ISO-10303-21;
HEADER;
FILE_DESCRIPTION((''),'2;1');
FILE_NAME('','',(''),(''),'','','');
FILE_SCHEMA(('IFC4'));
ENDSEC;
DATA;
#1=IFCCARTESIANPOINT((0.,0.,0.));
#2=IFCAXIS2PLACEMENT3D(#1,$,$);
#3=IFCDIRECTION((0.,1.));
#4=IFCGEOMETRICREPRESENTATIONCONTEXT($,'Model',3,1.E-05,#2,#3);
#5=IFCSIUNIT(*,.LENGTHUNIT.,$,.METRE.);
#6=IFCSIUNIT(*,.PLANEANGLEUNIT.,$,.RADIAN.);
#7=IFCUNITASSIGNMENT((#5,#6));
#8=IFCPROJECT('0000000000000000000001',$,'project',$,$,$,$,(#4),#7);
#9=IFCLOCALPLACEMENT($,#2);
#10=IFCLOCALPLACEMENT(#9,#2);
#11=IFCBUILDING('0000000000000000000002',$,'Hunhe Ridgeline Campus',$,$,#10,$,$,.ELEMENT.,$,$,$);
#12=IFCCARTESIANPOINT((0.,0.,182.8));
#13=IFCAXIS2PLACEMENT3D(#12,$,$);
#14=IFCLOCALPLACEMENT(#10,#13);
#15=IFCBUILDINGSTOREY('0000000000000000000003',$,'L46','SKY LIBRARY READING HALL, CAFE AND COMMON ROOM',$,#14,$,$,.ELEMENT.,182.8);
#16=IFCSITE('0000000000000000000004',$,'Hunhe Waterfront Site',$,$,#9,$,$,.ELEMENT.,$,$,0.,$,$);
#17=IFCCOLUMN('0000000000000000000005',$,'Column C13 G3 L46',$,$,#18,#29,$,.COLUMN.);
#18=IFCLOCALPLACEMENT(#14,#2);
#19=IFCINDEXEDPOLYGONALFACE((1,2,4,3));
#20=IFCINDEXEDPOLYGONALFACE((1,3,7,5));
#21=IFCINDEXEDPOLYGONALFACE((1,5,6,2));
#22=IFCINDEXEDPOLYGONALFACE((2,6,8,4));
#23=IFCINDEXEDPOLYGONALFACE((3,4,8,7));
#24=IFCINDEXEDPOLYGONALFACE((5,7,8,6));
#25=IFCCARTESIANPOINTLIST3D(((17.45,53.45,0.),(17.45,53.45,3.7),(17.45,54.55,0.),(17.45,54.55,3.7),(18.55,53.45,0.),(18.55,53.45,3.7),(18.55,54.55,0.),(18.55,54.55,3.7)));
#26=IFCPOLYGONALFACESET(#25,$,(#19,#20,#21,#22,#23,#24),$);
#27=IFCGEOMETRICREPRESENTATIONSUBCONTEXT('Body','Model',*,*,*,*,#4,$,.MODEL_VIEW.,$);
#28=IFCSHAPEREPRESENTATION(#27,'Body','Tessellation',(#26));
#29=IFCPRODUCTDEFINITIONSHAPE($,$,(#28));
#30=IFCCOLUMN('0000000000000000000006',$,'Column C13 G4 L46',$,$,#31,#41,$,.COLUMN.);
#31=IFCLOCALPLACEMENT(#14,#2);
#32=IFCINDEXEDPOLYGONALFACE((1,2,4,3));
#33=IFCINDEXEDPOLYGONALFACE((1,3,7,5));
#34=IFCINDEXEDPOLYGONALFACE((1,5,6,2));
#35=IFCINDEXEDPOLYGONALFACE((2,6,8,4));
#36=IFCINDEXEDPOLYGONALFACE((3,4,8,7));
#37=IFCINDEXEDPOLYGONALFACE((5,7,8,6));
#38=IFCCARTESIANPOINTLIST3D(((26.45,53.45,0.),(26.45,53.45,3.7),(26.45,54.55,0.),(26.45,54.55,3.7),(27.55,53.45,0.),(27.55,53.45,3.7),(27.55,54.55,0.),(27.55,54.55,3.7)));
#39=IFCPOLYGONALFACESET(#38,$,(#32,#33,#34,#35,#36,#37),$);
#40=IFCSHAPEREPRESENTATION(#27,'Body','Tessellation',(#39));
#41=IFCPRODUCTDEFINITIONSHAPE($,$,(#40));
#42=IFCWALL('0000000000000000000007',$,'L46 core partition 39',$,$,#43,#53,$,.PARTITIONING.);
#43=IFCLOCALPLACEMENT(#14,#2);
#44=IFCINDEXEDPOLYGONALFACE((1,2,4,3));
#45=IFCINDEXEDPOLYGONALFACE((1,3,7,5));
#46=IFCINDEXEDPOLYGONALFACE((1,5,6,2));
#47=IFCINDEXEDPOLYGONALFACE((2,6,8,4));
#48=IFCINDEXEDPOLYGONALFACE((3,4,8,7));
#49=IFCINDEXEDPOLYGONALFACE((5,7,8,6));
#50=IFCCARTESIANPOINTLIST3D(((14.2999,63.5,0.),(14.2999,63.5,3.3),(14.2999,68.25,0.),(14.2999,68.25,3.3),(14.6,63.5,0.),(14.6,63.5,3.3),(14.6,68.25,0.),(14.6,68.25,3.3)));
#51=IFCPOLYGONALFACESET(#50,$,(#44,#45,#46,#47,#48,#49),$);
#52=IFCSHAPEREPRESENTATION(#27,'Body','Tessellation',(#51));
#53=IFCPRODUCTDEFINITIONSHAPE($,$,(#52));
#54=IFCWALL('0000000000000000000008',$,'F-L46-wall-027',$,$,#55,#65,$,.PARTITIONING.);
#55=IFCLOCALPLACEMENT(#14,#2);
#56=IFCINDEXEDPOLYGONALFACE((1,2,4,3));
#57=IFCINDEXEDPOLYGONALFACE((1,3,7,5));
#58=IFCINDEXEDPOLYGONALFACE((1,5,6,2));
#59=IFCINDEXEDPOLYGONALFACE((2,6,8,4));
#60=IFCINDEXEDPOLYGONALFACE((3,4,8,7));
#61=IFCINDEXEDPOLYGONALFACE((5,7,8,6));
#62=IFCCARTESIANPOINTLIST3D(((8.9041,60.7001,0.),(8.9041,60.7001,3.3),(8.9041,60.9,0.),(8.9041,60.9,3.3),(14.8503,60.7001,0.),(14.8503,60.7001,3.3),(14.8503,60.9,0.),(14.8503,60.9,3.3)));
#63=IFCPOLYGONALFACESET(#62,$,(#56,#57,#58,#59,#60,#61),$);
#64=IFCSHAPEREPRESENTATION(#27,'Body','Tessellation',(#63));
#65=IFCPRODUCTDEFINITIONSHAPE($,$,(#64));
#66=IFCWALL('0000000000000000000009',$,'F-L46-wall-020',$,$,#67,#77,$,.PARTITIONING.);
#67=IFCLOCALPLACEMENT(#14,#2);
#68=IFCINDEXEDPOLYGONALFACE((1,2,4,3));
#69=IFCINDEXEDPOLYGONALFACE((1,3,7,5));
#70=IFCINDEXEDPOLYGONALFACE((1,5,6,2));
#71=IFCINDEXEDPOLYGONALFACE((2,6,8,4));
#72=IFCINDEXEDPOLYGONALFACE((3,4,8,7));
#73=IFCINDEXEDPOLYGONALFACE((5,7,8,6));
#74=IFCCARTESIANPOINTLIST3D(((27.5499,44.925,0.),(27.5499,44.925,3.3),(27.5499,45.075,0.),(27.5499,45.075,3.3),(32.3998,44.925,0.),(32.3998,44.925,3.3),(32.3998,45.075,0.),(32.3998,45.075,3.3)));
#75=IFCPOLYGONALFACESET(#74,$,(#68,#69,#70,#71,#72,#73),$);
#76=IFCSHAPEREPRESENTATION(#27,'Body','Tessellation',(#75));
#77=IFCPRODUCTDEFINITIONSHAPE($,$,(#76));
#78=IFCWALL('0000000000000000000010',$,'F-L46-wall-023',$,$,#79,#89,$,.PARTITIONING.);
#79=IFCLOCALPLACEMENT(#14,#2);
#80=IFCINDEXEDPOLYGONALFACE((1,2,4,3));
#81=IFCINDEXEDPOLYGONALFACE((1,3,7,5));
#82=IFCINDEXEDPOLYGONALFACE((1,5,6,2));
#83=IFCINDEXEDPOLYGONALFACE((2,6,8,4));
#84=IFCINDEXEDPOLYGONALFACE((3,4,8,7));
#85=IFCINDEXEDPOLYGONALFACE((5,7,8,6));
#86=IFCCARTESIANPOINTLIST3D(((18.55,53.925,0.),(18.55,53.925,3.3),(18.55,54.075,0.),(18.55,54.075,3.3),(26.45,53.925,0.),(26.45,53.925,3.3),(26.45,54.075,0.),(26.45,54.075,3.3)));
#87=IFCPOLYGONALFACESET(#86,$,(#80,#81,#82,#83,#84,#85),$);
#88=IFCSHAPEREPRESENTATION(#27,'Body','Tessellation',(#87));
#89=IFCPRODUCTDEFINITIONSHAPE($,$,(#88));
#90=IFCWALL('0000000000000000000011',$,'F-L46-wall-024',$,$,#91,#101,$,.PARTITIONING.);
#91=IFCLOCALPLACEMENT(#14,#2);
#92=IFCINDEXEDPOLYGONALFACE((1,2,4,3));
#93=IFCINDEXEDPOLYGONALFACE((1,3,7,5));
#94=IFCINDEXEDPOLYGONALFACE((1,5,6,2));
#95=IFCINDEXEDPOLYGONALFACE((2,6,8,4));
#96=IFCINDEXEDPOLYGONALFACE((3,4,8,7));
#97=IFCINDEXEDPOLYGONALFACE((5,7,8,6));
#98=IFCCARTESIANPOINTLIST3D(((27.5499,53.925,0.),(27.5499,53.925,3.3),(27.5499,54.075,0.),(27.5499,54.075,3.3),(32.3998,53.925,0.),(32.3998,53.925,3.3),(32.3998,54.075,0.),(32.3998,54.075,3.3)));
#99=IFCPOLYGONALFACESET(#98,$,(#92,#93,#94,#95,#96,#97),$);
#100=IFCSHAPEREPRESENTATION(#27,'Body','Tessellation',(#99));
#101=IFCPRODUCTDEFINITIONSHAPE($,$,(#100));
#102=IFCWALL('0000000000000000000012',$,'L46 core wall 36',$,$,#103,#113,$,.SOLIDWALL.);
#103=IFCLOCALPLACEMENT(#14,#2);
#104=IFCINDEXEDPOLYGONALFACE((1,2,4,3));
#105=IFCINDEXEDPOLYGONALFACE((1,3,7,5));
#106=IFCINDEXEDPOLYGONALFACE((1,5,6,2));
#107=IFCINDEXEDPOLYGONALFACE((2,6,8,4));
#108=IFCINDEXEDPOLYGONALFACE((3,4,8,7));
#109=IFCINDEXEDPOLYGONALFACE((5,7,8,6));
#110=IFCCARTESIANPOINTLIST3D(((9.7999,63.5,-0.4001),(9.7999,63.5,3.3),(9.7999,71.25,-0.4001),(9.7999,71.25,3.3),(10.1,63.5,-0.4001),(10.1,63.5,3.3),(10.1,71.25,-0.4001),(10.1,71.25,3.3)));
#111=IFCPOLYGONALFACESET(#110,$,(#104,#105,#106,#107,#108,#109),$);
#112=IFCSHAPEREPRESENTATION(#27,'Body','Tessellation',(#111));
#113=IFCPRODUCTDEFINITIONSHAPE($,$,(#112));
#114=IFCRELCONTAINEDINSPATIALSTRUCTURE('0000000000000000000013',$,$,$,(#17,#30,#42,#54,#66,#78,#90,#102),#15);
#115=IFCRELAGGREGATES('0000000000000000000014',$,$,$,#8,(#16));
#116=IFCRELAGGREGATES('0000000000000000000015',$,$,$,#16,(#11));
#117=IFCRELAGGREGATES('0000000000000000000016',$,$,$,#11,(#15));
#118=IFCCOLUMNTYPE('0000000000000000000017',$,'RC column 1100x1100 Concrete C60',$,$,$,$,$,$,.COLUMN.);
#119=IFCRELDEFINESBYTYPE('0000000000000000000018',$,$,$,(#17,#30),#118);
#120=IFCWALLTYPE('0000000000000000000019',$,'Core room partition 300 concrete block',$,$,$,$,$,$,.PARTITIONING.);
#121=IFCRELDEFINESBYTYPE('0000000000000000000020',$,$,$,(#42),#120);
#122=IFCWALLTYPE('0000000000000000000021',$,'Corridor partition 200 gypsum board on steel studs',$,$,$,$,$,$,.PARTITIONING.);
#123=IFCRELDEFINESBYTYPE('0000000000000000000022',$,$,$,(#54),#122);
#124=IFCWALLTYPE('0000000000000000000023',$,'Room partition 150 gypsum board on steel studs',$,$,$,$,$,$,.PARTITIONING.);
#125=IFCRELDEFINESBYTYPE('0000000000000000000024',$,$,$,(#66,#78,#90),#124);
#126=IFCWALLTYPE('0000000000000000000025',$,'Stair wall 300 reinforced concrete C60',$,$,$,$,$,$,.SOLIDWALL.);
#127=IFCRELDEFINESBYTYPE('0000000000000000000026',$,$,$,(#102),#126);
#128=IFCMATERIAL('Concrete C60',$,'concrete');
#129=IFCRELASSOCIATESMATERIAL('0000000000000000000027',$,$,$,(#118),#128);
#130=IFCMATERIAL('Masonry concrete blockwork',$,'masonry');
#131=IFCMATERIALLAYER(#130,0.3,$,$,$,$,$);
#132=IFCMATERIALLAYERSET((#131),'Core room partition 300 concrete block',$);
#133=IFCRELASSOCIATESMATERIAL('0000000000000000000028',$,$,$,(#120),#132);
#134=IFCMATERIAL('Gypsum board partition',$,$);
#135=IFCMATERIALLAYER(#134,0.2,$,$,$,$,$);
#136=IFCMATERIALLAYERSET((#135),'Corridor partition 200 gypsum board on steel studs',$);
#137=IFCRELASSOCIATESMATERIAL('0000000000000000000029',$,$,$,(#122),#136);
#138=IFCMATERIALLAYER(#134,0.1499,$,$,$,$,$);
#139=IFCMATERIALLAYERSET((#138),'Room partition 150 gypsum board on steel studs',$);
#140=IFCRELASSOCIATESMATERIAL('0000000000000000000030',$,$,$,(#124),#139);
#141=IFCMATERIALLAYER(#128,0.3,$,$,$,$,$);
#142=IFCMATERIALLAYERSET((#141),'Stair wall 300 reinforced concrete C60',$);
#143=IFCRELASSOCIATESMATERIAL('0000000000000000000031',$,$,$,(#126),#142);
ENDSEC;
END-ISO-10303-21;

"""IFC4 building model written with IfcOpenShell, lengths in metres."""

from ifc_helpers import new_model, si_unit, direction, frame, frame_2d, origin, origin_2d, place, context, subcontext, project, spatial, rectangle, extrude, material, layer, layer_set, material_profile, profile_set, type_object, element, save


model = new_model("IFC4")

# Units and contexts
model_context = context("Model", 3, precision=1e-05, world=origin(), true_north=direction((0.0, 1.0)))
body_context = subcontext(model_context, "Body", "Model", "MODEL_VIEW")
ifc_project = project(units=[si_unit("LENGTHUNIT", "METRE"), si_unit("PLANEANGLEUNIT", "RADIAN")], contexts=[model_context])

# Site, building, storey
site_placement = place(None, origin())
site = spatial("IfcSite", under=ifc_project, at=site_placement, Name="Hunhe Waterfront Site", CompositionType="ELEMENT", RefElevation=0.0)
building_placement = place(site_placement, origin())
building = spatial("IfcBuilding", under=site, at=building_placement, Name="Hunhe Ridgeline Campus", CompositionType="ELEMENT")
storey_placement = place(building_placement, frame((0.0, 0.0, 182.8)))
storey = spatial("IfcBuildingStorey", under=building, at=storey_placement, Name="L46", Description="SKY LIBRARY READING HALL, CAFE AND COMMON ROOM", CompositionType="ELEMENT", Elevation=182.8)

# Columns
ifc_material_1 = material(Name="Concrete C60", Category="concrete")
ifc_material_profile = material_profile(ifc_material_1, rectangle(XDim=1.1001, YDim=1.1001, at=origin_2d()))
ifc_profile_set = profile_set([ifc_material_profile], Name="Concrete C60")
column_type = type_object("IfcColumnType", Name="RC column 1100x1100 Concrete C60", PredefinedType="COLUMN", material=ifc_profile_set)
for number, where, z_axis, x_axis, name in (
    (1, (18.0, 54.0, 0.0), (0.0, 0.0, 1.0), (1.0, 0.0, 0.0), "Column C13 G3 L46"),
    (2, (27.0, 54.0, 0.0), (0.0, 0.0, 1.0), (1.0, 0.0, 0.0), "Column C13 G4 L46"),
):
    element("IfcColumn", number, at=place(storey_placement, frame(where, z_axis=z_axis, x_axis=x_axis)), inside=storey, type_object=column_type, Name=name, PredefinedType="COLUMN", context=body_context, shape_type="SweptSolid", body=[
        extrude(rectangle(XDim=1.1001, YDim=1.1001, at=origin_2d()), origin(), (0.0, 0.0, 1.0), 3.7),
    ])

# Walls
ifc_material_2 = material(Name="Masonry concrete blockwork", Category="masonry")
ifc_layer_1 = layer(ifc_material_2, 0.3)
ifc_layer_set_1 = layer_set([ifc_layer_1], Name="Core room partition 300 concrete block")
wall_type_1 = type_object("IfcWallType", Name="Core room partition 300 concrete block", PredefinedType="PARTITIONING", material=ifc_layer_set_1)
wall_1_placement = place(storey_placement, frame((14.45, 63.5, 0.0), z_axis=(0.0, 0.0, 1.0), x_axis=(0.0, 1.0, 0.0)))
element("IfcWall", 3, at=wall_1_placement, inside=storey, type_object=wall_type_1, Name="L46 core partition 39", PredefinedType="PARTITIONING", context=body_context, shape_type="SweptSolid", body=[
    extrude(rectangle(XDim=4.75, YDim=0.3, at=frame_2d((2.375, 0.0))), origin(), (0.0, 0.0, 1.0), 3.3),
])
ifc_material_3 = material(Name="Gypsum board partition")
ifc_layer_2 = layer(ifc_material_3, 0.2)
ifc_layer_set_2 = layer_set([ifc_layer_2], Name="Corridor partition 200 gypsum board on steel studs")
wall_type_2 = type_object("IfcWallType", Name="Corridor partition 200 gypsum board on steel studs", PredefinedType="PARTITIONING", material=ifc_layer_set_2)
wall_2_placement = place(storey_placement, frame((14.8503, 60.8, 0.0), z_axis=(0.0, 0.0, 1.0), x_axis=(-1.0, 0.0, 0.0)))
element("IfcWall", 4, at=wall_2_placement, inside=storey, type_object=wall_type_2, Name="F-L46-wall-027", PredefinedType="PARTITIONING", context=body_context, shape_type="SweptSolid", body=[
    extrude(rectangle(XDim=5.9463, YDim=0.2, at=frame_2d((2.9731, 0.0))), origin(), (0.0, 0.0, 1.0), 3.3),
])

# Walls
ifc_layer_3 = layer(ifc_material_3, 0.1499)
ifc_layer_set_3 = layer_set([ifc_layer_3], Name="Room partition 150 gypsum board on steel studs")
wall_type_3 = type_object("IfcWallType", Name="Room partition 150 gypsum board on steel studs", PredefinedType="PARTITIONING", material=ifc_layer_set_3)
wall_3_placement = place(storey_placement, frame((27.55, 45.0, 0.0), z_axis=(0.0, 0.0, 1.0), x_axis=(1.0, 0.0, 0.0)))
element("IfcWall", 5, at=wall_3_placement, inside=storey, type_object=wall_type_3, Name="F-L46-wall-020", PredefinedType="PARTITIONING", context=body_context, shape_type="SweptSolid", body=[
    extrude(rectangle(XDim=4.8499, YDim=0.1499, at=frame_2d((2.4248, 0.0))), origin(), (0.0, 0.0, 1.0), 3.3),
])
wall_4_placement = place(storey_placement, frame((18.55, 54.0, 0.0), z_axis=(0.0, 0.0, 1.0), x_axis=(1.0, 0.0, 0.0)))
element("IfcWall", 6, at=wall_4_placement, inside=storey, type_object=wall_type_3, Name="F-L46-wall-023", PredefinedType="PARTITIONING", context=body_context, shape_type="SweptSolid", body=[
    extrude(rectangle(XDim=7.8999, YDim=0.1499, at=frame_2d((3.95, 0.0))), origin(), (0.0, 0.0, 1.0), 3.3),
])
wall_5_placement = place(storey_placement, frame((27.55, 54.0, 0.0), z_axis=(0.0, 0.0, 1.0), x_axis=(1.0, 0.0, 0.0)))
element("IfcWall", 7, at=wall_5_placement, inside=storey, type_object=wall_type_3, Name="F-L46-wall-024", PredefinedType="PARTITIONING", context=body_context, shape_type="SweptSolid", body=[
    extrude(rectangle(XDim=4.8499, YDim=0.1499, at=frame_2d((2.4248, 0.0))), origin(), (0.0, 0.0, 1.0), 3.3),
])
ifc_layer_4 = layer(ifc_material_1, 0.3)
ifc_layer_set_4 = layer_set([ifc_layer_4], Name="Stair wall 300 reinforced concrete C60")
wall_type_4 = type_object("IfcWallType", Name="Stair wall 300 reinforced concrete C60", PredefinedType="SOLIDWALL", material=ifc_layer_set_4)
wall_6_placement = place(storey_placement, frame((9.95, 63.5, -0.4001), z_axis=(0.0, 0.0, 1.0), x_axis=(0.0, 1.0, 0.0)))
element("IfcWall", 8, at=wall_6_placement, inside=storey, type_object=wall_type_4, Name="L46 core wall 36", PredefinedType="SOLIDWALL", context=body_context, shape_type="SweptSolid", body=[
    extrude(rectangle(XDim=7.75, YDim=0.3, at=frame_2d((3.875, 0.0))), origin(), (0.0, 0.0, 1.0), 3.7002),
])

save(model, "model.ifc")
